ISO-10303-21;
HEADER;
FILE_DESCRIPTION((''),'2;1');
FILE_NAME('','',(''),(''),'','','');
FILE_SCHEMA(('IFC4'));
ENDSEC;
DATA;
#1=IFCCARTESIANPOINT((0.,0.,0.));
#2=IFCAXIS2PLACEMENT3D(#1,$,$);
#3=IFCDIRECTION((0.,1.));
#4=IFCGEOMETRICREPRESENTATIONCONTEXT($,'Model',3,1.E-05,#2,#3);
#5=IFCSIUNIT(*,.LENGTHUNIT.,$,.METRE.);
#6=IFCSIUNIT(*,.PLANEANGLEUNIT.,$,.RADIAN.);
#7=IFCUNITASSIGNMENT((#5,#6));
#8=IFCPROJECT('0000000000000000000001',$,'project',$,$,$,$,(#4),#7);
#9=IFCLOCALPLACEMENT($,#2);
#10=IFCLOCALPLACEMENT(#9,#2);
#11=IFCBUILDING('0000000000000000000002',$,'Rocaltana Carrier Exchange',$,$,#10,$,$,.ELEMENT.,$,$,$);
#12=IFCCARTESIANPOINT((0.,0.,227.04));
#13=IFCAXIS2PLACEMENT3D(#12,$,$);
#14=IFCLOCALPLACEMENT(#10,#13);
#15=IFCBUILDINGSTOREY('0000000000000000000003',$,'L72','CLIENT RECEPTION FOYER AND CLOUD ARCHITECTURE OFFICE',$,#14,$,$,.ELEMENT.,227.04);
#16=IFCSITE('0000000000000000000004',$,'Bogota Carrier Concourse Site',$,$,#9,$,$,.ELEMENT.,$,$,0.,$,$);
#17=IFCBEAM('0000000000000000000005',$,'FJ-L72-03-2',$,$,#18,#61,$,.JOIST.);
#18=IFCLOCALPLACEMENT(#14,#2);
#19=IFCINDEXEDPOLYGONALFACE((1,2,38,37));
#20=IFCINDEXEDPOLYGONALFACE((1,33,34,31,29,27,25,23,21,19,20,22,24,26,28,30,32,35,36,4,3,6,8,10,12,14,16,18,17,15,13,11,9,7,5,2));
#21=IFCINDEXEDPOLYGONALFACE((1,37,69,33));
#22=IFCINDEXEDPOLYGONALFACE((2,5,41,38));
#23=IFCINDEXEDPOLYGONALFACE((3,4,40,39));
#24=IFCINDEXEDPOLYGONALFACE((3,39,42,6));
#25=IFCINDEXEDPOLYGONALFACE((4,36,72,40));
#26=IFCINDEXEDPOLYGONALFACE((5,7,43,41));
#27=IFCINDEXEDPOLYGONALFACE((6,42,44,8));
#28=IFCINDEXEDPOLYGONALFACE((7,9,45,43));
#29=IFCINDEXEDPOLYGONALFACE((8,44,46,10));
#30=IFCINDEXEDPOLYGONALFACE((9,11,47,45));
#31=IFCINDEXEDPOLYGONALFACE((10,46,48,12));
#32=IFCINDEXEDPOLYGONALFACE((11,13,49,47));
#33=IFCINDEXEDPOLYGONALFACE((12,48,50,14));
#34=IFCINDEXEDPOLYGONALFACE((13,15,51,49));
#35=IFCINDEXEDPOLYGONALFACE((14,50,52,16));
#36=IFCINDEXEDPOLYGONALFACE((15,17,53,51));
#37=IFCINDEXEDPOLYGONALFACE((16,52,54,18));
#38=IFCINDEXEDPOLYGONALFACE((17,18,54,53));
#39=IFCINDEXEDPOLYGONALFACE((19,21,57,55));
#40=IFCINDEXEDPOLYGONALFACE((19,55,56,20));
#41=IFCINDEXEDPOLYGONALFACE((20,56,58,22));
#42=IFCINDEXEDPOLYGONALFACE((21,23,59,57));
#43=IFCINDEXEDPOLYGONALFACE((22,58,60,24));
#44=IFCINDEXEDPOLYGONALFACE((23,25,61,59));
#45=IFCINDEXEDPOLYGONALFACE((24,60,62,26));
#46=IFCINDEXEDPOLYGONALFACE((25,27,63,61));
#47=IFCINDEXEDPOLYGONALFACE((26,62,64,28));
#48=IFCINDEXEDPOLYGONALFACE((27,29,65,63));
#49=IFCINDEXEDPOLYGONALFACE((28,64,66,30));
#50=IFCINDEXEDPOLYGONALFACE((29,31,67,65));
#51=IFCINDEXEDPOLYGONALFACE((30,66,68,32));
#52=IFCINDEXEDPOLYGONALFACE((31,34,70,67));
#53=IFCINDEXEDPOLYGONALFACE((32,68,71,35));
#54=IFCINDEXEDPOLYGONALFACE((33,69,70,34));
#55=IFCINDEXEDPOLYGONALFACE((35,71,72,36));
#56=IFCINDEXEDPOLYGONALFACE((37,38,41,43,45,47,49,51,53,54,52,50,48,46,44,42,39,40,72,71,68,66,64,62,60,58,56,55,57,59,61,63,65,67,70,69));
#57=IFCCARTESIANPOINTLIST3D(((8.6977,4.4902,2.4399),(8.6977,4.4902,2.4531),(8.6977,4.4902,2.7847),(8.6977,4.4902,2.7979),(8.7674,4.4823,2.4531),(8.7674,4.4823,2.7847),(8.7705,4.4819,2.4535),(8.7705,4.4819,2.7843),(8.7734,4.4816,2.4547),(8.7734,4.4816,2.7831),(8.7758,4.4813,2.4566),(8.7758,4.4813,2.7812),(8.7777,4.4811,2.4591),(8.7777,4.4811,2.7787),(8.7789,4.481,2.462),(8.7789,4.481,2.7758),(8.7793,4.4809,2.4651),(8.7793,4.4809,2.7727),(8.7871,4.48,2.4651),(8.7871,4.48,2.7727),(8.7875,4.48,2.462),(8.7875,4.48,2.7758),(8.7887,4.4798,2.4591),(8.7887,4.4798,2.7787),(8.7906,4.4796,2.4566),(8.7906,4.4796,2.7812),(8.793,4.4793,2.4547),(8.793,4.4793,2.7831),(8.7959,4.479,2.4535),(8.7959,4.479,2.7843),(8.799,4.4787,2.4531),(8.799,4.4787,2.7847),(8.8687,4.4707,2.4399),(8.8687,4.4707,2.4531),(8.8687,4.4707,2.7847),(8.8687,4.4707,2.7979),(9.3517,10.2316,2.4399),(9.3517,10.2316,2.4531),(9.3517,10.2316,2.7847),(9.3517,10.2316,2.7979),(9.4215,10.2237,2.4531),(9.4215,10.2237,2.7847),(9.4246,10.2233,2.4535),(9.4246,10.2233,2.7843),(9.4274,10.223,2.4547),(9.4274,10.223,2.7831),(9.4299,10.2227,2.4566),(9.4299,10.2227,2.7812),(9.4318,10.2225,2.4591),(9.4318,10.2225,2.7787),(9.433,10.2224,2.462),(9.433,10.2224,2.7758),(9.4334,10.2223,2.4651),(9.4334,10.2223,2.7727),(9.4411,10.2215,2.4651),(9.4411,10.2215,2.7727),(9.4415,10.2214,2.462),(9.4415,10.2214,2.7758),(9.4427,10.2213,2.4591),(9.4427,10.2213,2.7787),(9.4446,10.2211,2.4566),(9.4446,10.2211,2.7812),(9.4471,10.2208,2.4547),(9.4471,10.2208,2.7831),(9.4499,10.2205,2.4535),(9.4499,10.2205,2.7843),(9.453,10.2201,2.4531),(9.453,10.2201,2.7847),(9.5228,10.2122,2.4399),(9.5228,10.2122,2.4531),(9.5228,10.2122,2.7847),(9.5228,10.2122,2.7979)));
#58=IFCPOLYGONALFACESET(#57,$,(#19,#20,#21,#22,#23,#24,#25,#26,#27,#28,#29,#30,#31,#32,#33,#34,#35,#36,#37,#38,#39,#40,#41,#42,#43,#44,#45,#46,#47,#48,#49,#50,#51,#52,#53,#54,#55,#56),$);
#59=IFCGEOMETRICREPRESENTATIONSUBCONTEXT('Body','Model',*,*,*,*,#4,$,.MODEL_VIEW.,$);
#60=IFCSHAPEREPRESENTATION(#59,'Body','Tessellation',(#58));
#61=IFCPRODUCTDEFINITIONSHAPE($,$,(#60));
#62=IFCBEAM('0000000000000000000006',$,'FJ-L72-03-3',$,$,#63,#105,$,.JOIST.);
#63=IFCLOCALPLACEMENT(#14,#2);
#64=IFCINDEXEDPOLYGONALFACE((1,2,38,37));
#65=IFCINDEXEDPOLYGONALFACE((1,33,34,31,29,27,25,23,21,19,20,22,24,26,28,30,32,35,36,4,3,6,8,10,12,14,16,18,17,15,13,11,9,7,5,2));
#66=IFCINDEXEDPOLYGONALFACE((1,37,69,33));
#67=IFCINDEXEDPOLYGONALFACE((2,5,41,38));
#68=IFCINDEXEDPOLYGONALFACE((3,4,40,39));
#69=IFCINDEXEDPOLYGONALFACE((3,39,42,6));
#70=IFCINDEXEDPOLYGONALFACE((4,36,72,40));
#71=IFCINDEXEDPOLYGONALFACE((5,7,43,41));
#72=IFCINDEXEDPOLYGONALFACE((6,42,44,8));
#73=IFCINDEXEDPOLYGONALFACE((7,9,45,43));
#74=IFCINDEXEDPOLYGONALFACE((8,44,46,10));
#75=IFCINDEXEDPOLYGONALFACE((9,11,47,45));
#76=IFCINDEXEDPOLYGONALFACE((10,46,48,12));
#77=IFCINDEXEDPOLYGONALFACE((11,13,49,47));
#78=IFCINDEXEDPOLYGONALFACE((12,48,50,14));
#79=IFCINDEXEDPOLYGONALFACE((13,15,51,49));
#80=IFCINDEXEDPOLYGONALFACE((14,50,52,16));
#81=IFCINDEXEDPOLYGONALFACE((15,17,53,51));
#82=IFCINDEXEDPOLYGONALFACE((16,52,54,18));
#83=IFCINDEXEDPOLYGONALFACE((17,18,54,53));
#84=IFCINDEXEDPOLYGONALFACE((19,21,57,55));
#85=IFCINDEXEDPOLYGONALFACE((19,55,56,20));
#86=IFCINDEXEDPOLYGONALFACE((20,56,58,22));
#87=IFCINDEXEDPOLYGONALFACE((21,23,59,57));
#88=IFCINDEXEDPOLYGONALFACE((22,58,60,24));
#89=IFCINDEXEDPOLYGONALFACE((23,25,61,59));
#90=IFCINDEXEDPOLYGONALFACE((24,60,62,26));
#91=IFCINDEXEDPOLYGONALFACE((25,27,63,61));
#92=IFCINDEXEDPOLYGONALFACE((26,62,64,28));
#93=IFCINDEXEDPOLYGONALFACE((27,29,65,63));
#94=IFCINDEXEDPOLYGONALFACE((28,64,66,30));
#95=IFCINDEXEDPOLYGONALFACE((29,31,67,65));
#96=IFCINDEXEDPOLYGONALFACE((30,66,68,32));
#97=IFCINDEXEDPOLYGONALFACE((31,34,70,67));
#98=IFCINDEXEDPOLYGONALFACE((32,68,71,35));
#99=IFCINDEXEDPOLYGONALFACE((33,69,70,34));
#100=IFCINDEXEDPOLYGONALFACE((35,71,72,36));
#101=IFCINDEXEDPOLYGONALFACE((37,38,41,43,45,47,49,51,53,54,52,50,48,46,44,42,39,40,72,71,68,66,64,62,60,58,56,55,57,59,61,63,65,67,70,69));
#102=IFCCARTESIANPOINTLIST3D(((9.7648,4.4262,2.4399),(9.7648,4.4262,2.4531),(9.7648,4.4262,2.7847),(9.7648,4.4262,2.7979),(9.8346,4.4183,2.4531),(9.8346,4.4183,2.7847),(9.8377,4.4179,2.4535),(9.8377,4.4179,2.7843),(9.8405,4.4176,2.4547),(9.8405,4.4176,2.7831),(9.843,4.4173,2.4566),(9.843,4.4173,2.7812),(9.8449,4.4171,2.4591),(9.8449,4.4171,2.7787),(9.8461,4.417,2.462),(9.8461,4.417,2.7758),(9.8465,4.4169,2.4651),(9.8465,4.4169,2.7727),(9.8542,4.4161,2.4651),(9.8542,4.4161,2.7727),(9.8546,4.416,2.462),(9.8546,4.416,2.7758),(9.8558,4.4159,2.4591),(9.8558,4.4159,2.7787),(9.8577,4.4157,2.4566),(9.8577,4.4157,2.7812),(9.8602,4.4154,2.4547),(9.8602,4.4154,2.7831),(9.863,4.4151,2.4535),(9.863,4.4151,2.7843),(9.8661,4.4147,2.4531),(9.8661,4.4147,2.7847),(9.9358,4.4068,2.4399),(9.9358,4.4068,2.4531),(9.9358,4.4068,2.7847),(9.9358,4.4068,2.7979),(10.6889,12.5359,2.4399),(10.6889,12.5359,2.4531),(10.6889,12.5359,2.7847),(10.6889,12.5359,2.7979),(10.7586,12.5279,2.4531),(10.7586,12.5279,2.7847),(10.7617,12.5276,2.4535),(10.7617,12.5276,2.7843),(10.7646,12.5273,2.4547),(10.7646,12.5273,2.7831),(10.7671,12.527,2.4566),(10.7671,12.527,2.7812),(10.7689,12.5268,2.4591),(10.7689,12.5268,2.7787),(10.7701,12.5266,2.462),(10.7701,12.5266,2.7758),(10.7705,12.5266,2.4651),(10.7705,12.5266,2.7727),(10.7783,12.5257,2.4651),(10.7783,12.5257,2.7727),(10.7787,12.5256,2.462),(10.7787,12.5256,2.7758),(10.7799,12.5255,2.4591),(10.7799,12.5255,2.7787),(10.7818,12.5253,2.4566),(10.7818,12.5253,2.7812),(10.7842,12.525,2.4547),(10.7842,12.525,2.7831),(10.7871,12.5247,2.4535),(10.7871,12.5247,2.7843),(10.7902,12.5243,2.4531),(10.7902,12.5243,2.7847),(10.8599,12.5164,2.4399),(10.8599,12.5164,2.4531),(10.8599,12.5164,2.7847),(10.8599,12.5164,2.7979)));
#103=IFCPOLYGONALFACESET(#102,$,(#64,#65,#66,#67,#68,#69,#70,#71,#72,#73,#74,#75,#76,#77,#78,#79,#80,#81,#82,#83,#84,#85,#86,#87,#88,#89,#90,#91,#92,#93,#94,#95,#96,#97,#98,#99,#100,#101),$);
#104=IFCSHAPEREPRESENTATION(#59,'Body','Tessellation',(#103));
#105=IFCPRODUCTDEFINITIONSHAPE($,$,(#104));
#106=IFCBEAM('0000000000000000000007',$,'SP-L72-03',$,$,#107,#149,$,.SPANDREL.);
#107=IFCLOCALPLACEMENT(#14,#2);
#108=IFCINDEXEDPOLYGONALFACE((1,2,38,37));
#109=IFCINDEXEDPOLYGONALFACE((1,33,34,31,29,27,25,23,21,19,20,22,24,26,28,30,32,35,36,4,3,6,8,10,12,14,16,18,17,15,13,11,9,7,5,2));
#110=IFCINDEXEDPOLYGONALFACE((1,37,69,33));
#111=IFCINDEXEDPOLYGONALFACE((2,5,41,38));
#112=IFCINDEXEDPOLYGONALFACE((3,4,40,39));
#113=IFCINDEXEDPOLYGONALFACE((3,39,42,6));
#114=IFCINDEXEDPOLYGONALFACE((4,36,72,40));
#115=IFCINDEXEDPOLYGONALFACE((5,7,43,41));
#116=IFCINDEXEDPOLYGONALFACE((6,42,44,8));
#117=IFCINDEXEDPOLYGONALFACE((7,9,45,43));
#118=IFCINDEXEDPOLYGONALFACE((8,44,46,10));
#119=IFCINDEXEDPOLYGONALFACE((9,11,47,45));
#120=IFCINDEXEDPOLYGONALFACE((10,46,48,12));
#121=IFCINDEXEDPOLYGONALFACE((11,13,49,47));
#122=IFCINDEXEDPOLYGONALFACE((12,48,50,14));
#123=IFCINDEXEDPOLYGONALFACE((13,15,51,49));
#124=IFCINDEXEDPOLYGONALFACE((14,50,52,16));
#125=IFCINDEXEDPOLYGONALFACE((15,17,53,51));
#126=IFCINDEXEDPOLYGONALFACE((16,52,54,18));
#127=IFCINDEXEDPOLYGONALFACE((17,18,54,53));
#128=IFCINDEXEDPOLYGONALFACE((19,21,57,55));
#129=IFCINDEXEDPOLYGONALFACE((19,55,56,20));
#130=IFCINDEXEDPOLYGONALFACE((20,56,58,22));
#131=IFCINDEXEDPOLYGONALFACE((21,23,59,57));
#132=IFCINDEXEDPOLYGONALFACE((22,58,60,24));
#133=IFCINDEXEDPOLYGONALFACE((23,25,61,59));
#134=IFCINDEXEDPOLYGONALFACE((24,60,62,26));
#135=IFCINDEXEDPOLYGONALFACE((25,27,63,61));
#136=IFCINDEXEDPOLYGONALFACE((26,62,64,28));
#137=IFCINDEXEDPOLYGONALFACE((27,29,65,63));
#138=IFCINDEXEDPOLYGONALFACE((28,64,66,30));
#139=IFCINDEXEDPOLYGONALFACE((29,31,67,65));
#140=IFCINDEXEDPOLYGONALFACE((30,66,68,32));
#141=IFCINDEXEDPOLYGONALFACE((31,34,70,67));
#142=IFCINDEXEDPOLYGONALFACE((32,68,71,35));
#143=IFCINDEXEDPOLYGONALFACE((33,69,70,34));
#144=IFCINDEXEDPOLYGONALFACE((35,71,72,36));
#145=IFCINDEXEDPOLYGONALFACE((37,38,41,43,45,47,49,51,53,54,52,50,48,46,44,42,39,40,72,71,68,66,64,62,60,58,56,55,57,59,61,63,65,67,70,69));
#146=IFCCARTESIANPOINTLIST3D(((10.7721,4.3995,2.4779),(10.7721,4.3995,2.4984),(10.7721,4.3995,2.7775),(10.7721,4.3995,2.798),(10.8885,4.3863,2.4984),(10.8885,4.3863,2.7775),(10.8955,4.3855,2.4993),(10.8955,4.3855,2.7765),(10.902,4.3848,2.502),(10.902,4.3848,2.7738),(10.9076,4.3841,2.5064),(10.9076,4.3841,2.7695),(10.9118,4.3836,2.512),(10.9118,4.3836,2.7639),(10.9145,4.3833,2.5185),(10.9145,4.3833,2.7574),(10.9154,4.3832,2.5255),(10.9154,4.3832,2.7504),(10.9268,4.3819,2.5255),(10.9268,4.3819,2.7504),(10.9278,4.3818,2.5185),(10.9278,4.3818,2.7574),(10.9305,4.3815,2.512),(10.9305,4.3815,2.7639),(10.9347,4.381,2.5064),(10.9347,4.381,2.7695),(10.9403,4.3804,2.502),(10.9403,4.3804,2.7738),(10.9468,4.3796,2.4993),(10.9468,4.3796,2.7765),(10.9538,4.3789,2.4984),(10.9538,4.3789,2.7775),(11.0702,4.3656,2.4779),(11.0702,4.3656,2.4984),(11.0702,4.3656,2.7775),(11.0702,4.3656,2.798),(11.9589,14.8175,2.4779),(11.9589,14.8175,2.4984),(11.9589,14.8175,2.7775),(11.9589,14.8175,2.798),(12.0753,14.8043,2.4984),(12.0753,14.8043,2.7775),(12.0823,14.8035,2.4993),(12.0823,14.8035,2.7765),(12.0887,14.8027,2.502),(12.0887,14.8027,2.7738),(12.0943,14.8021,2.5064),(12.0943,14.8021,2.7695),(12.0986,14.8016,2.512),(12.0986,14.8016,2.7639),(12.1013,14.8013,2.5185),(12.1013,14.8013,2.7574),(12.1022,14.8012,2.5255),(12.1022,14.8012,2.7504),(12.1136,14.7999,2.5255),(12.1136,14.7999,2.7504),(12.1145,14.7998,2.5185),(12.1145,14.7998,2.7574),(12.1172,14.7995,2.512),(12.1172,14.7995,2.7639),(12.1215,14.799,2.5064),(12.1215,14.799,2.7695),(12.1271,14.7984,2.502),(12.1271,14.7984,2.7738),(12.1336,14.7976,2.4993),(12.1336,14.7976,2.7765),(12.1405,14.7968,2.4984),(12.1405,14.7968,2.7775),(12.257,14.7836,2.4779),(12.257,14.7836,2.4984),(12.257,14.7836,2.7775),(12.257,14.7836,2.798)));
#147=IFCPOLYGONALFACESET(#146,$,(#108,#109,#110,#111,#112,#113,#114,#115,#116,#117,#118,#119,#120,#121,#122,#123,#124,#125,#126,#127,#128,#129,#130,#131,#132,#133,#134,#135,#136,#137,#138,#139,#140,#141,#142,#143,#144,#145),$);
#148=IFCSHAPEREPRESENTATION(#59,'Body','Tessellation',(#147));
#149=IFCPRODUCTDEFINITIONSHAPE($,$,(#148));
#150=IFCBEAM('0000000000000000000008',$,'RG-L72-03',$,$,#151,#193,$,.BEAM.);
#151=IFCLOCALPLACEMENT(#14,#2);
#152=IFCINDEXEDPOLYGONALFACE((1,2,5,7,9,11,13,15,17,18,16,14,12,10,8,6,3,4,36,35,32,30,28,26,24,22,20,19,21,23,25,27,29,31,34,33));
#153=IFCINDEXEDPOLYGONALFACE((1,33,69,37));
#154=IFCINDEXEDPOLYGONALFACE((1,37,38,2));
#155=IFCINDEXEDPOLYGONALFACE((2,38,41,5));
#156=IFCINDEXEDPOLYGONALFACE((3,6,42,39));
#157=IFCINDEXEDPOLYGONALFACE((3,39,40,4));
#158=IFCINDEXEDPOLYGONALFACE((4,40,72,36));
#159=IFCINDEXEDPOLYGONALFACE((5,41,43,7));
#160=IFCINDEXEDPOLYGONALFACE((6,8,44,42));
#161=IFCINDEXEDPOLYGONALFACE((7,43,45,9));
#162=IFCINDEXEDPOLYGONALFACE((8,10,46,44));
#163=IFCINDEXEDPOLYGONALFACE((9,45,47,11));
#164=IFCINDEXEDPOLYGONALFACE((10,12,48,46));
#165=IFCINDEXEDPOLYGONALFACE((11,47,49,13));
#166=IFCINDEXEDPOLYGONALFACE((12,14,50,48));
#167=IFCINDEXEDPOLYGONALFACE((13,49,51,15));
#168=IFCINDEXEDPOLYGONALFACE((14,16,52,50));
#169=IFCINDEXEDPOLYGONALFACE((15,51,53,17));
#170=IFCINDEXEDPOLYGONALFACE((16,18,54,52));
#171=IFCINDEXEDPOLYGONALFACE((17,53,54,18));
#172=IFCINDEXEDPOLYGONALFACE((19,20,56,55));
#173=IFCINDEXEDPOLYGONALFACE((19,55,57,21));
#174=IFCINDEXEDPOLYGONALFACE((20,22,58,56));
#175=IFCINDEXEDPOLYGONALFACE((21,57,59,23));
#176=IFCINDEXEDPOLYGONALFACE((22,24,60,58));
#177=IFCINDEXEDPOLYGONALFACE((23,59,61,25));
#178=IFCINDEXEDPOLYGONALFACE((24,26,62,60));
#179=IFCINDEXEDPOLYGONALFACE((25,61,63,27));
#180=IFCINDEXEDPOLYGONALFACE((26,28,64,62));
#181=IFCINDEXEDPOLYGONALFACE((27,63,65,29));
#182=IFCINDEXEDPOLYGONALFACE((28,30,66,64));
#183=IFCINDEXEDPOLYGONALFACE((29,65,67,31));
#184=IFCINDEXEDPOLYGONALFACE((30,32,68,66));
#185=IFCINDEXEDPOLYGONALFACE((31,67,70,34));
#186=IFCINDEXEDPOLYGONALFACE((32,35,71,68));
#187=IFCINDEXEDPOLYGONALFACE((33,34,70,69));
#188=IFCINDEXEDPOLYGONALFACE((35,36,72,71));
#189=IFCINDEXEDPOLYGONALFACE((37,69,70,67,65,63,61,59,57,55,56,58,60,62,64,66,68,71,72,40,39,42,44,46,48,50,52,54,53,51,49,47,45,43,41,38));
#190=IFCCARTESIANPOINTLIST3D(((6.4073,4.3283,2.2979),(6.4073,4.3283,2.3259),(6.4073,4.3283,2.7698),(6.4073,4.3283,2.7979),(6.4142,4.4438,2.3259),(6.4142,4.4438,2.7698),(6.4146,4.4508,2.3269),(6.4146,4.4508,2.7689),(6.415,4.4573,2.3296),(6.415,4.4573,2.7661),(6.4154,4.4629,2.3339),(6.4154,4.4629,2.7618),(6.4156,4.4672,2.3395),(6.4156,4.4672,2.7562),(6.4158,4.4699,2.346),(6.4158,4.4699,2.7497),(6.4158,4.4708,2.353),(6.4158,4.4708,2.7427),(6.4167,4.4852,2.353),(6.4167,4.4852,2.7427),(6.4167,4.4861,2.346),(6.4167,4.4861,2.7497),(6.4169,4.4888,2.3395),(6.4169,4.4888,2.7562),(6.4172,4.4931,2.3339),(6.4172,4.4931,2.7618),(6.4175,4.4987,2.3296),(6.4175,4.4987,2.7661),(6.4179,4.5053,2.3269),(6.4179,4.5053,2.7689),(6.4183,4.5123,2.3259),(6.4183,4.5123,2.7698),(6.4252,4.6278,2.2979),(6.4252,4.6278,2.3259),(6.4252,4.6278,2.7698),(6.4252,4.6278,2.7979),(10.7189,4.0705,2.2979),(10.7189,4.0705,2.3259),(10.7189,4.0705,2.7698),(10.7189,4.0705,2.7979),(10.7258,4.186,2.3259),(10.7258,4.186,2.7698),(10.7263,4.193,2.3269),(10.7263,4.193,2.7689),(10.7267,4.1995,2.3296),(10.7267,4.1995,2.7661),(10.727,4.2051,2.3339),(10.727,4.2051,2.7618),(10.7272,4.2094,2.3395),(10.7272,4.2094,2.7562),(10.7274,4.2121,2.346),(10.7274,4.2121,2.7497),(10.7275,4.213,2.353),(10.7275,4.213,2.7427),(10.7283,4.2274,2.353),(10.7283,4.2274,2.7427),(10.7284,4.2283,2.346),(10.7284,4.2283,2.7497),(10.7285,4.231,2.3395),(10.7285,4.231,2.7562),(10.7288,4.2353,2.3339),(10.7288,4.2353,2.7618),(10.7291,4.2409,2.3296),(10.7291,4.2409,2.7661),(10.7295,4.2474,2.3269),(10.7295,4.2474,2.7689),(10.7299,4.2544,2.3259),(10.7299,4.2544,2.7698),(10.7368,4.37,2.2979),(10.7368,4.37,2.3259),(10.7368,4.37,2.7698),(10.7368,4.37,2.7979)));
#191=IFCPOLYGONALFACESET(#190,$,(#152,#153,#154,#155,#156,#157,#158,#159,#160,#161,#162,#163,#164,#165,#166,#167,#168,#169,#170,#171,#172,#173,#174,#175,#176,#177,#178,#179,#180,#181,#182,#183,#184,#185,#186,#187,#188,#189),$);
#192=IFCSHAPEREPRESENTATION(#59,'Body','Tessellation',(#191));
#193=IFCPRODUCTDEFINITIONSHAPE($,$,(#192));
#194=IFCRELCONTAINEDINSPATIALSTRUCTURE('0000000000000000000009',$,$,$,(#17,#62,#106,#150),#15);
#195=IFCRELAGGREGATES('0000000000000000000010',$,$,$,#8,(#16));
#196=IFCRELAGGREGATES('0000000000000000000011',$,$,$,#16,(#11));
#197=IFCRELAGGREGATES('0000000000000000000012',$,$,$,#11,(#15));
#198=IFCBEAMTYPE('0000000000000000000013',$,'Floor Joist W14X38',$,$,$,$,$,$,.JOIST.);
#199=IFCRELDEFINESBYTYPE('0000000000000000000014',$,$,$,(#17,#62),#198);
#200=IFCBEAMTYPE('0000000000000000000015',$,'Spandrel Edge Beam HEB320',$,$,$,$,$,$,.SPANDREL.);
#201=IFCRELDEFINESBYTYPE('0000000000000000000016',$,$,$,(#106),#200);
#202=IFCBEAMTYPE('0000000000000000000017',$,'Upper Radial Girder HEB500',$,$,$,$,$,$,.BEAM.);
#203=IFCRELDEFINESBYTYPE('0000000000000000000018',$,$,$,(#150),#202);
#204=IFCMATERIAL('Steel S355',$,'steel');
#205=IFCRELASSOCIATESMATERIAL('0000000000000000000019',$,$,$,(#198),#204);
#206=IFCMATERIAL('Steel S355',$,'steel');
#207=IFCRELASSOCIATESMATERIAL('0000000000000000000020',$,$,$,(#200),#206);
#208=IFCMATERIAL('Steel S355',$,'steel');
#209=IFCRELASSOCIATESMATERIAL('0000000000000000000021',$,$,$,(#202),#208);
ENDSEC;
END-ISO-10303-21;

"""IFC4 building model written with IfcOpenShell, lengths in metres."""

from ifc_helpers import new_model, si_unit, direction, frame, origin, origin_2d, place, context, subcontext, project, spatial, i_section, extrude, material, material_profile, profile_set, type_object, element, save


model = new_model("IFC4")

# Units and contexts
model_context = context("Model", 3, precision=1e-05, world=origin(), true_north=direction((0.0, 1.0)))
body_context = subcontext(model_context, "Body", "Model", "MODEL_VIEW")
ifc_project = project(units=[si_unit("LENGTHUNIT", "METRE"), si_unit("PLANEANGLEUNIT", "RADIAN")], contexts=[model_context])

# Site, building, storey
site_placement = place(None, origin())
site = spatial("IfcSite", under=ifc_project, at=site_placement, Name="Bogota Carrier Concourse Site", CompositionType="ELEMENT", RefElevation=0.0)
building_placement = place(site_placement, origin())
building = spatial("IfcBuilding", under=site, at=building_placement, Name="Rocaltana Carrier Exchange", CompositionType="ELEMENT")
storey_placement = place(building_placement, frame((0.0, 0.0, 227.04)))
storey = spatial("IfcBuildingStorey", under=building, at=storey_placement, Name="L72", Description="CLIENT RECEPTION FOYER AND CLOUD ARCHITECTURE OFFICE", CompositionType="ELEMENT", Elevation=227.04)

# Beams
ifc_material_1 = material(Name="Steel S355", Category="steel")
ifc_material_profile_1 = material_profile(ifc_material_1, i_section(OverallWidth=0.1721, OverallDepth=0.3579, WebThickness=0.0078, FlangeThickness=0.0132, FilletRadius=0.012, at=origin_2d()), Name="W14X38")
ifc_profile_set_1 = profile_set([ifc_material_profile_1], Name="Steel S355")
beam_type_1 = type_object("IfcBeamType", Name="Floor Joist W14X38", PredefinedType="JOIST", material=ifc_profile_set_1)
beam_1_placement = place(storey_placement, frame((8.7832, 4.4805, 2.6189), z_axis=(0.113186, 0.993574, 0.0), x_axis=(-0.993574, 0.113186, 0.0)))
element("IfcBeam", 1, at=beam_1_placement, inside=storey, type_object=beam_type_1, Name="FJ-L72-03-2", PredefinedType="JOIST", context=body_context, shape_type="SweptSolid", body=[
    extrude(i_section(OverallWidth=0.1721, OverallDepth=0.3579, WebThickness=0.0078, FlangeThickness=0.0132, FilletRadius=0.012, at=origin_2d()), origin(), (0.0, 0.0, 1.0), 5.7786),
])
beam_2_placement = place(storey_placement, frame((9.8503, 4.4165, 2.6189), z_axis=(0.113215, 0.993571, 0.0), x_axis=(-0.993571, 0.113215, 0.0)))
element("IfcBeam", 2, at=beam_2_placement, inside=storey, type_object=beam_type_1, Name="FJ-L72-03-3", PredefinedType="JOIST", context=body_context, shape_type="SweptSolid", body=[
    extrude(i_section(OverallWidth=0.1721, OverallDepth=0.3579, WebThickness=0.0078, FlangeThickness=0.0132, FilletRadius=0.012, at=origin_2d()), origin(), (0.0, 0.0, 1.0), 8.1621),
])
ifc_material_2 = material(Name="Steel S355", Category="steel")
ifc_material_profile_2 = material_profile(ifc_material_2, i_section(OverallWidth=0.3, OverallDepth=0.3201, WebThickness=0.0115, FlangeThickness=0.0205, FilletRadius=0.0271, at=origin_2d()), Name="HEB320")
ifc_profile_set_2 = profile_set([ifc_material_profile_2], Name="Steel S355")
beam_type_2 = type_object("IfcBeamType", Name="Spandrel Edge Beam HEB320", PredefinedType="SPANDREL", material=ifc_profile_set_2)
beam_3_placement = place(storey_placement, frame((10.9211, 4.3826, 2.6379), z_axis=(0.113183, 0.993574, 0.0), x_axis=(-0.993574, 0.113183, 0.0)))
element("IfcBeam", 3, at=beam_3_placement, inside=storey, type_object=beam_type_2, Name="SP-L72-03", PredefinedType="SPANDREL", context=body_context, shape_type="SweptSolid", body=[
    extrude(i_section(OverallWidth=0.3, OverallDepth=0.3201, WebThickness=0.0115, FlangeThickness=0.0205, FilletRadius=0.0271, at=origin_2d()), origin(), (0.0, 0.0, 1.0), 10.4854),
])
ifc_material_3 = material(Name="Steel S355", Category="steel")
ifc_material_profile_3 = material_profile(ifc_material_3, i_section(OverallWidth=0.3, OverallDepth=0.5, WebThickness=0.0144, FlangeThickness=0.0281, FilletRadius=0.0271, at=origin_2d()), Name="HEB500")
ifc_profile_set_3 = profile_set([ifc_material_profile_3], Name="Steel S355")
beam_type_3 = type_object("IfcBeamType", Name="Upper Radial Girder HEB500", PredefinedType="BEAM", material=ifc_profile_set_3)
beam_4_placement = place(storey_placement, frame((6.4163, 4.478, 2.5479), z_axis=(0.998217, -0.05969, 0.0), x_axis=(0.05969, 0.998217, 0.0)))
element("IfcBeam", 4, at=beam_4_placement, inside=storey, type_object=beam_type_3, Name="RG-L72-03", PredefinedType="BEAM", context=body_context, shape_type="SweptSolid", body=[
    extrude(i_section(OverallWidth=0.3, OverallDepth=0.5, WebThickness=0.0144, FlangeThickness=0.0281, FilletRadius=0.0271, at=origin_2d()), origin(), (0.0, 0.0, 1.0), 4.3193),
])

save(model, "model.ifc")
